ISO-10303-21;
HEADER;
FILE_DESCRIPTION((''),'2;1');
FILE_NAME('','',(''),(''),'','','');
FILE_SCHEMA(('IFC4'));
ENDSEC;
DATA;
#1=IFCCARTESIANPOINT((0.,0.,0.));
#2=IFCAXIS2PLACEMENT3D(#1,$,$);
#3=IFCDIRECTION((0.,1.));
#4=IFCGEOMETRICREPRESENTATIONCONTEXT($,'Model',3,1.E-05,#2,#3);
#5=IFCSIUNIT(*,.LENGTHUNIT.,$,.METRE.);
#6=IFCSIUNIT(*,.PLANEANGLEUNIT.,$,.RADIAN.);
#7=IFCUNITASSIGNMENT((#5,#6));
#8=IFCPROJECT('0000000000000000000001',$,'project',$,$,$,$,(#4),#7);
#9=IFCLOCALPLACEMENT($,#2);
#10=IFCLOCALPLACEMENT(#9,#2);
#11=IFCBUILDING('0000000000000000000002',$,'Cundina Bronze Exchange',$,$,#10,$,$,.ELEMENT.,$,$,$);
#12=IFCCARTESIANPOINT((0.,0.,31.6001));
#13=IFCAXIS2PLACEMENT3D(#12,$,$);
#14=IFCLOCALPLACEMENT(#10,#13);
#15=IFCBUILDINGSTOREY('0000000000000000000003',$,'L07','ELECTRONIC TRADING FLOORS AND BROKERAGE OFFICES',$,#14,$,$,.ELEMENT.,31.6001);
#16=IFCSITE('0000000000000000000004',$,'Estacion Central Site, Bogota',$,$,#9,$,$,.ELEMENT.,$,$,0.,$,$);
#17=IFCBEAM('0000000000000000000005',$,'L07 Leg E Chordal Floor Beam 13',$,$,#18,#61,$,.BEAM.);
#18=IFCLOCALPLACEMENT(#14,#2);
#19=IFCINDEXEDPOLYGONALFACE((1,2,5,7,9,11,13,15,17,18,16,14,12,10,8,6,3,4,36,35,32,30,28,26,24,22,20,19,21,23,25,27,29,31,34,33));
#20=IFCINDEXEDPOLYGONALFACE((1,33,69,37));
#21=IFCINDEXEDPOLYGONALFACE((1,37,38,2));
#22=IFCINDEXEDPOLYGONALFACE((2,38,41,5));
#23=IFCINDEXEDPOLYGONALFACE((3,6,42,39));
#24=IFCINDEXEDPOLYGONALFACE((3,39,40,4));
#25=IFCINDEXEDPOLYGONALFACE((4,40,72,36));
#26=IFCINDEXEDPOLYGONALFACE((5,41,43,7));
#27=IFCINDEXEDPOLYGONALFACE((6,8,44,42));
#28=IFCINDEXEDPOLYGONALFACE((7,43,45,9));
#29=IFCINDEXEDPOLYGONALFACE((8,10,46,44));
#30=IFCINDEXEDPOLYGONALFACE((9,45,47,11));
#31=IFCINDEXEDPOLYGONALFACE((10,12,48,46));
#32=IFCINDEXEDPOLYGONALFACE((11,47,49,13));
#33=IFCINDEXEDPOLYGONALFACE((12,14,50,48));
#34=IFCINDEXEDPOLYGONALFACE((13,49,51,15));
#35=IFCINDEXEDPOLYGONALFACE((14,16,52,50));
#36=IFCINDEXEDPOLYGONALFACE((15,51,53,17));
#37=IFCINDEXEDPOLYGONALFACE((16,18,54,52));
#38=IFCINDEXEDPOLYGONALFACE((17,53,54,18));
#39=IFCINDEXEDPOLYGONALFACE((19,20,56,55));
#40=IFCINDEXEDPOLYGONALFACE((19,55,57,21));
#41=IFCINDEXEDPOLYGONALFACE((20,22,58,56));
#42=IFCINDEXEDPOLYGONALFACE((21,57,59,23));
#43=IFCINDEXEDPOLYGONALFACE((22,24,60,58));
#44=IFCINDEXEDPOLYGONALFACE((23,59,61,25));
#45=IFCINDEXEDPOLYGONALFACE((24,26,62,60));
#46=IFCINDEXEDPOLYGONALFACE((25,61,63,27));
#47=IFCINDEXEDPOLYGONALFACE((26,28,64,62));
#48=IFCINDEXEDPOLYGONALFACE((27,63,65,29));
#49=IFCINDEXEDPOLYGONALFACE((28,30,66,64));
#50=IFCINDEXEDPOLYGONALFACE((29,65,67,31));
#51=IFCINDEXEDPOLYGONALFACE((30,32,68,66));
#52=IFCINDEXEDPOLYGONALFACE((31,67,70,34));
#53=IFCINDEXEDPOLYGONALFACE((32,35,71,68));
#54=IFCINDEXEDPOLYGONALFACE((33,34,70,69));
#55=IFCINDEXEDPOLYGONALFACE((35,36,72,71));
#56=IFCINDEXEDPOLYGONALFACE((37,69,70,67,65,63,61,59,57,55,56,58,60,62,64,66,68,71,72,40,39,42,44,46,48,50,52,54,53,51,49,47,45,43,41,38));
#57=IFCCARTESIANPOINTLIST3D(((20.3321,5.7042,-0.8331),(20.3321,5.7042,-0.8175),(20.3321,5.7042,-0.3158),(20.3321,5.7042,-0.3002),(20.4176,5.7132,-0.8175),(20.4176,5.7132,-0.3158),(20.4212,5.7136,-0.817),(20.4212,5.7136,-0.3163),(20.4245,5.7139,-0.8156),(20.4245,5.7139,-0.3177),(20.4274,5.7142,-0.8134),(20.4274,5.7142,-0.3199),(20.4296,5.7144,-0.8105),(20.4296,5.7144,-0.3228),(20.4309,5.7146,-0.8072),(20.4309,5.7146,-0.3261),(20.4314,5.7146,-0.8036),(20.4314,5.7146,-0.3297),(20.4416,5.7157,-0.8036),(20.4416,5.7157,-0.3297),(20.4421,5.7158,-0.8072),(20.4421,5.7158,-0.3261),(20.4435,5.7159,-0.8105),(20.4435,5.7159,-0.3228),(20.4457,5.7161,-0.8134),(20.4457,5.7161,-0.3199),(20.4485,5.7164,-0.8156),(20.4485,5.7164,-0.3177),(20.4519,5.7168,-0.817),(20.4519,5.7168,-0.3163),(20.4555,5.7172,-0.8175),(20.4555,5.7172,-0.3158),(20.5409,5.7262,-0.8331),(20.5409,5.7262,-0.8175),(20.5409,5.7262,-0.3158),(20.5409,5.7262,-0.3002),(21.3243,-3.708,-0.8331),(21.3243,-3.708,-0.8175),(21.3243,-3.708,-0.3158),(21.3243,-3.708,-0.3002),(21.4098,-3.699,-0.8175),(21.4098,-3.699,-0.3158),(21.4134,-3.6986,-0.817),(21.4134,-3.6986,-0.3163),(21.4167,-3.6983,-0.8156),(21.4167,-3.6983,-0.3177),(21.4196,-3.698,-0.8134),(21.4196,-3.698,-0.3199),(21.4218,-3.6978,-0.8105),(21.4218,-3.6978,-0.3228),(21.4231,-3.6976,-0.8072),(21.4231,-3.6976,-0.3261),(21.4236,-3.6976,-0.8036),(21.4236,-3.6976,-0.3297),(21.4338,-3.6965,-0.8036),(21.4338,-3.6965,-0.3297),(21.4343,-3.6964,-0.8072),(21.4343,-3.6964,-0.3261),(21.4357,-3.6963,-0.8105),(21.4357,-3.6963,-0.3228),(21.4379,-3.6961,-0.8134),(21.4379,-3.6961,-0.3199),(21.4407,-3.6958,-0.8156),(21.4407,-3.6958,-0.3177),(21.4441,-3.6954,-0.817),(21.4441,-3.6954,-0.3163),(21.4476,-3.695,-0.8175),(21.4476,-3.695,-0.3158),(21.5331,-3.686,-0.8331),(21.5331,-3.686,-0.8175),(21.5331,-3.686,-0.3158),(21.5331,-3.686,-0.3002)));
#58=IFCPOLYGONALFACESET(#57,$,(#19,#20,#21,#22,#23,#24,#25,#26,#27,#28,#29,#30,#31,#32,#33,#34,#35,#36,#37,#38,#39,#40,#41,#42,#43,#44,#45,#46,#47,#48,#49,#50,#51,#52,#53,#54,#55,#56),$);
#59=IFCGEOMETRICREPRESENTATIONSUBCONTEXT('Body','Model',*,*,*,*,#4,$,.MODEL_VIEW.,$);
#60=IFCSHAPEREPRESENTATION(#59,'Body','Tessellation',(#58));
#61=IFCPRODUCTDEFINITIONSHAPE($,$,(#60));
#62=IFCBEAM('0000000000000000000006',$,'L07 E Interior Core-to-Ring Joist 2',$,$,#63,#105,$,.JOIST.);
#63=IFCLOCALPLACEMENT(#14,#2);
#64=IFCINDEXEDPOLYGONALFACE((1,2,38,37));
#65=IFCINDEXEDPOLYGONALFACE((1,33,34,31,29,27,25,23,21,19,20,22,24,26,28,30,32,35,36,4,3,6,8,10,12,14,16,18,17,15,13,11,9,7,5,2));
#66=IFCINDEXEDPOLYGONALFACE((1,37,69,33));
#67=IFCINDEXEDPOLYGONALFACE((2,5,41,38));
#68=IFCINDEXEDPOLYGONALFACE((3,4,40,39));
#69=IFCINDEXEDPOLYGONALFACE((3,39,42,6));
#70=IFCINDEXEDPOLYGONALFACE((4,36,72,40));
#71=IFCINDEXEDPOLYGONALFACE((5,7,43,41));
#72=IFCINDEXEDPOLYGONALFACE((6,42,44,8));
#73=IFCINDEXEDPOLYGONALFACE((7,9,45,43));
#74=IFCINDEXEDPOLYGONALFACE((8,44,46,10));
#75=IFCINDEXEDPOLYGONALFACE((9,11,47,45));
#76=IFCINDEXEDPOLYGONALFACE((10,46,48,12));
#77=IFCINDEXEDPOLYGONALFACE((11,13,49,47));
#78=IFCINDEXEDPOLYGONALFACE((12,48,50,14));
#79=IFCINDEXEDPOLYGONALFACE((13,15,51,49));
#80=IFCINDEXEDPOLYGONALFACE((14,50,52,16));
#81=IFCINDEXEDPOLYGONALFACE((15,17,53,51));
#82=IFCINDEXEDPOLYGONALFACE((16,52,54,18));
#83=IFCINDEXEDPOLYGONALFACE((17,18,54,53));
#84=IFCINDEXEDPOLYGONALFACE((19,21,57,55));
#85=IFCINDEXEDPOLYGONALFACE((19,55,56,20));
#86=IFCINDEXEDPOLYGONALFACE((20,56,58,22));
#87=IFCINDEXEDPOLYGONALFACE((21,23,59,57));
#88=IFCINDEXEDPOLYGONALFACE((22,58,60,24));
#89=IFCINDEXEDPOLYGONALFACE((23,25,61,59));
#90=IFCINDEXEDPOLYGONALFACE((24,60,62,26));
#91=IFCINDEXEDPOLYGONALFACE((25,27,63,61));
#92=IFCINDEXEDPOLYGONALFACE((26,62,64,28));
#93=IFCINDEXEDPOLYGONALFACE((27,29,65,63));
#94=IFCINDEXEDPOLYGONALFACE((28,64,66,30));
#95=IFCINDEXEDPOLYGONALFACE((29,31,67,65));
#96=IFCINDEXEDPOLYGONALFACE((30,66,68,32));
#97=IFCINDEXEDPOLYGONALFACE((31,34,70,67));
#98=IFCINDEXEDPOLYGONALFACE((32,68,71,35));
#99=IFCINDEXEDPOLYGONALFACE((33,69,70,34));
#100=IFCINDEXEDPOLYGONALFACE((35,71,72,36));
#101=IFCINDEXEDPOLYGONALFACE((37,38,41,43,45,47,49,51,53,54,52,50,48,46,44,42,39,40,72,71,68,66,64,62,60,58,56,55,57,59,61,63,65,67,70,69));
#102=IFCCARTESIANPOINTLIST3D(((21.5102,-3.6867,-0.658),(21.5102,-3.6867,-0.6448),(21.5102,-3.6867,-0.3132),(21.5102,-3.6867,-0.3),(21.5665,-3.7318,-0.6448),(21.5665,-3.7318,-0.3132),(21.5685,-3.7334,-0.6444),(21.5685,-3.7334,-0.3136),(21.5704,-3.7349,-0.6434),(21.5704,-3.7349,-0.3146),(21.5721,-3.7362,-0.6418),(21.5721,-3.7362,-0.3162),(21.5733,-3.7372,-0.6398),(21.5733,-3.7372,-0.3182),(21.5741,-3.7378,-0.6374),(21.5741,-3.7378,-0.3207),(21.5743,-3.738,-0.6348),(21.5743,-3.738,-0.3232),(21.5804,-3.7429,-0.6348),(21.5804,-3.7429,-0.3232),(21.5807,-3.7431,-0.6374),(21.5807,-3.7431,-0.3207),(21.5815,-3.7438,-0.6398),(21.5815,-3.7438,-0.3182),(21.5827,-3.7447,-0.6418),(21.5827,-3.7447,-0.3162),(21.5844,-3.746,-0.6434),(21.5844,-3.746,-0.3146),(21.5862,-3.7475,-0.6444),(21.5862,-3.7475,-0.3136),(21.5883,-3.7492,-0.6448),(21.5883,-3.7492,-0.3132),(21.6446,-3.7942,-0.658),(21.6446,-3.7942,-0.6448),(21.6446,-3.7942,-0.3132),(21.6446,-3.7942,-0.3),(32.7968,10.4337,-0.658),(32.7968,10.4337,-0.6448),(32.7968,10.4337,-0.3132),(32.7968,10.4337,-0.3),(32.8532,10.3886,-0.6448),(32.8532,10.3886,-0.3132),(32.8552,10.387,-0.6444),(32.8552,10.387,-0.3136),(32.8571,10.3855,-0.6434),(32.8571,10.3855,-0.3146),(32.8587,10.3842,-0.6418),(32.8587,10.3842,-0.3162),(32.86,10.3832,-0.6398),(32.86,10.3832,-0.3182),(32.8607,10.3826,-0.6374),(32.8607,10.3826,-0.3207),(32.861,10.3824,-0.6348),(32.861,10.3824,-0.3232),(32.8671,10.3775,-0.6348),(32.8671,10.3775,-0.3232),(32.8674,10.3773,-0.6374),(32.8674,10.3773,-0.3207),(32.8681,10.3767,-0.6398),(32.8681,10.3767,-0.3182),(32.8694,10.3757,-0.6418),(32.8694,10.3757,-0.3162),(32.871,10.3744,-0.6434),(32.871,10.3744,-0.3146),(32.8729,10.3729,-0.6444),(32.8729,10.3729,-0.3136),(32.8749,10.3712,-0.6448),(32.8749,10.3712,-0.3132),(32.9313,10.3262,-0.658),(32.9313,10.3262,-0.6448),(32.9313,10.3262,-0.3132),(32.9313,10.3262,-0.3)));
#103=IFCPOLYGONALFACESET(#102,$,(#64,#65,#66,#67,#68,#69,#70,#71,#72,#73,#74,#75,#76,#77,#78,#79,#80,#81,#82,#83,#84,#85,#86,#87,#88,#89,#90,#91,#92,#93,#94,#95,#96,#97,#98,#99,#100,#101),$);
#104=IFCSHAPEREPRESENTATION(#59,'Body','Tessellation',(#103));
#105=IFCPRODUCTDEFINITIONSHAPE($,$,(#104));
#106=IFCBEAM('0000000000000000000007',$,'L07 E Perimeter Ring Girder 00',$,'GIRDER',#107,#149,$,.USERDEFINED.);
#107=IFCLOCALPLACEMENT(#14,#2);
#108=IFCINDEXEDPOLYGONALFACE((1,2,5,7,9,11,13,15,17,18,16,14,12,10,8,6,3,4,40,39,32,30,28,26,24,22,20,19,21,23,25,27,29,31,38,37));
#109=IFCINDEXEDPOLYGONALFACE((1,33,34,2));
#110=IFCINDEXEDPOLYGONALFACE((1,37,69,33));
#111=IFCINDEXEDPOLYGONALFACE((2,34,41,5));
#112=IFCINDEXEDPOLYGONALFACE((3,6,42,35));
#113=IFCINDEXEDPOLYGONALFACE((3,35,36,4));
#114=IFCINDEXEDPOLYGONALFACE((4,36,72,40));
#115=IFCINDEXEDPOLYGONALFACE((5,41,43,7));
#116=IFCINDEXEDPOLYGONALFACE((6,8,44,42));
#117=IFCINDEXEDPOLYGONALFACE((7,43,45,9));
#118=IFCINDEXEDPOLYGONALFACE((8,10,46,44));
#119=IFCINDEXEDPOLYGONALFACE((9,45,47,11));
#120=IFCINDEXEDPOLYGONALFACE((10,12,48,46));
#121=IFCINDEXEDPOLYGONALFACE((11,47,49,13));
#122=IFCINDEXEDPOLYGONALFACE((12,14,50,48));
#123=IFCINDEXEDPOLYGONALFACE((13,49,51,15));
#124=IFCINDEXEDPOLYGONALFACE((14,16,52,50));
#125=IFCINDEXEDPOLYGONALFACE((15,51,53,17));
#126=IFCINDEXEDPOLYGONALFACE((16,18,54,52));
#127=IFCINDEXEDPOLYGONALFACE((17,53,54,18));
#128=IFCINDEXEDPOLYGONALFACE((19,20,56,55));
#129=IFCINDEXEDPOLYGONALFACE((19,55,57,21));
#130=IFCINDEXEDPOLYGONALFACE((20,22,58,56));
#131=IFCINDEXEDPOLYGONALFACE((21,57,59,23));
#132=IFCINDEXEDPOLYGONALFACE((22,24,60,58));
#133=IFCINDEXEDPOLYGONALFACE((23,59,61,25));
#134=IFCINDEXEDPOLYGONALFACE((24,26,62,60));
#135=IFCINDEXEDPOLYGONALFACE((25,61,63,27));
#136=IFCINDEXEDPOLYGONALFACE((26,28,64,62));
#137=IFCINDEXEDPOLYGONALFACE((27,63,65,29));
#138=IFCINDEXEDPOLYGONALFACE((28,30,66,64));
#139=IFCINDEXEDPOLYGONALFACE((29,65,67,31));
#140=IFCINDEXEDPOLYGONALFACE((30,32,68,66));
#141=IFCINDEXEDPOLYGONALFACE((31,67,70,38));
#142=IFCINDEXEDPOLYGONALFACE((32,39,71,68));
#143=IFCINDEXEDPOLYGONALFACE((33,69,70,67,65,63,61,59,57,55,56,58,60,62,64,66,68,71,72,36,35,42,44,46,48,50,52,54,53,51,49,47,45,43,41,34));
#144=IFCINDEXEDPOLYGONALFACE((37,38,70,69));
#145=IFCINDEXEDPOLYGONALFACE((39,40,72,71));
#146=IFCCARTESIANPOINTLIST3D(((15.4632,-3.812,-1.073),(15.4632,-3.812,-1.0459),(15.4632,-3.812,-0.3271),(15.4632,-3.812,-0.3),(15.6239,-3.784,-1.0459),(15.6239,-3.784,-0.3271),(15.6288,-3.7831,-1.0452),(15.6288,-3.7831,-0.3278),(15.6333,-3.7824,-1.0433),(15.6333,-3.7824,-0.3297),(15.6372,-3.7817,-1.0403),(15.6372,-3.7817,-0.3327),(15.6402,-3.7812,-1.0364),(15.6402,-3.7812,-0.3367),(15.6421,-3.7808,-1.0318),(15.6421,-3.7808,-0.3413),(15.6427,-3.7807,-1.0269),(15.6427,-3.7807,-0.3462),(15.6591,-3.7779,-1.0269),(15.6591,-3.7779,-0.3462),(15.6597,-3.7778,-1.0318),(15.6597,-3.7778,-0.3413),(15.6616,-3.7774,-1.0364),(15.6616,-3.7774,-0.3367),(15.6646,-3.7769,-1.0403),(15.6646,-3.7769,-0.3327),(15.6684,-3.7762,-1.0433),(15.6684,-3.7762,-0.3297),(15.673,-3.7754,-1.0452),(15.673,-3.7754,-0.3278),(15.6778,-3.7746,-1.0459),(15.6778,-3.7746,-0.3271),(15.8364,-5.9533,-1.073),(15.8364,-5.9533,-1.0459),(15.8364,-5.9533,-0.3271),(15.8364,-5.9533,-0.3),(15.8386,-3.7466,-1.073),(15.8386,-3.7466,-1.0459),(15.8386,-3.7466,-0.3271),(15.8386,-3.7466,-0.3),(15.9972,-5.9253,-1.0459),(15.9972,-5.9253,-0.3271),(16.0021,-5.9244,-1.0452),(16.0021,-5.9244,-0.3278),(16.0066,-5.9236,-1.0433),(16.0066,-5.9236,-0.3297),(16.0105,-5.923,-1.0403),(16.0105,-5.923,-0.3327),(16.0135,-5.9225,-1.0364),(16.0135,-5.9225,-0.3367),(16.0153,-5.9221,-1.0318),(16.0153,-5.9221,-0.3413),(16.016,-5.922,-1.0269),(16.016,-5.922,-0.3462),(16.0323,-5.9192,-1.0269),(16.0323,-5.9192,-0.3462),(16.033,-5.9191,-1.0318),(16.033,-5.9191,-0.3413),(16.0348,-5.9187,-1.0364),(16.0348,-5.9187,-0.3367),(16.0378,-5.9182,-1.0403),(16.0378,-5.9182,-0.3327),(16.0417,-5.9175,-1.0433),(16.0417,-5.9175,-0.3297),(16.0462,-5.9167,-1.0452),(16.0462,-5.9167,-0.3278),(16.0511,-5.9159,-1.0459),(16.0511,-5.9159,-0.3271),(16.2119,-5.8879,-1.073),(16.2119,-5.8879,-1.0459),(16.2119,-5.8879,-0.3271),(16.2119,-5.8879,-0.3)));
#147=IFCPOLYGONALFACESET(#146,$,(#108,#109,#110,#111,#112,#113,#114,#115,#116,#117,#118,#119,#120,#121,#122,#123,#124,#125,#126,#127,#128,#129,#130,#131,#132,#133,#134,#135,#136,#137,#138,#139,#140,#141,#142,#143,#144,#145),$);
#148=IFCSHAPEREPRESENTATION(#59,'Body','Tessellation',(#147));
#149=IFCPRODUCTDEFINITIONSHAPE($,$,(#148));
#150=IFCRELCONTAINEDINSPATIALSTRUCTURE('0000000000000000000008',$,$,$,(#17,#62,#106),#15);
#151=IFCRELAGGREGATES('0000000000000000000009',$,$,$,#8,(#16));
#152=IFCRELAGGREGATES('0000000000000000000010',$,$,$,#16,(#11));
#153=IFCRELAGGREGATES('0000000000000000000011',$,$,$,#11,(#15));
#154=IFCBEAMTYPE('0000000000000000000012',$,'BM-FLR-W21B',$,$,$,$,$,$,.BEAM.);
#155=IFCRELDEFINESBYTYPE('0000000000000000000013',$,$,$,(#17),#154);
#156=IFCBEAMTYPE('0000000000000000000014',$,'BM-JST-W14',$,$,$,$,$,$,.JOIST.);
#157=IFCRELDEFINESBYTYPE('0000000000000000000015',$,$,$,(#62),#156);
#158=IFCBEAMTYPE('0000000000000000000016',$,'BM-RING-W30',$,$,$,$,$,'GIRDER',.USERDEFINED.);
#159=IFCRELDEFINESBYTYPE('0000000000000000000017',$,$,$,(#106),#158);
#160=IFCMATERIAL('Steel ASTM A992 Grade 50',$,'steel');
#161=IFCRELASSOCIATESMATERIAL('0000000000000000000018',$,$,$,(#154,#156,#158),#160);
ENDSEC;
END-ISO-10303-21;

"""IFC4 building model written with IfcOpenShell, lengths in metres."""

from ifc_helpers import new_model, si_unit, direction, frame, origin, origin_2d, place, context, subcontext, project, spatial, i_section, extrude, material, material_profile, profile_set, type_object, element, save


model = new_model("IFC4")

# Units and contexts
model_context = context("Model", 3, precision=1e-05, world=origin(), true_north=direction((0.0, 1.0)))
body_context = subcontext(model_context, "Body", "Model", "MODEL_VIEW")
ifc_project = project(units=[si_unit("LENGTHUNIT", "METRE"), si_unit("PLANEANGLEUNIT", "RADIAN")], contexts=[model_context])

# Site, building, storey
site_placement = place(None, origin())
site = spatial("IfcSite", under=ifc_project, at=site_placement, Name="Estacion Central Site, Bogota", CompositionType="ELEMENT", RefElevation=0.0)
building_placement = place(site_placement, origin())
building = spatial("IfcBuilding", under=site, at=building_placement, Name="Cundina Bronze Exchange", CompositionType="ELEMENT")
storey_placement = place(building_placement, frame((0.0, 0.0, 31.6001)))
storey = spatial("IfcBuildingStorey", under=building, at=storey_placement, Name="L07", Description="ELECTRONIC TRADING FLOORS AND BROKERAGE OFFICES", CompositionType="ELEMENT", Elevation=31.6001)

# Shared definitions
ifc_material_1 = material(Name="Steel ASTM A992 Grade 50", Category="steel")

# Beams
ifc_material_profile_1 = material_profile(ifc_material_1, i_section(OverallWidth=0.21, OverallDepth=0.533, WebThickness=0.0103, FlangeThickness=0.0156, FilletRadius=0.0139, at=origin_2d()), Name="W21X62", Category="steel")
ifc_profile_set_1 = profile_set([ifc_material_profile_1], Name="Steel ASTM A992 Grade 50")
beam_type_1 = type_object("IfcBeamType", Name="BM-FLR-W21B", PredefinedType="BEAM", material=ifc_profile_set_1)
beam_1_placement = place(storey_placement, frame((21.4287, -3.697, -0.5667), z_axis=(-0.104835, 0.99449, 0.0), x_axis=(-0.99449, -0.104835, 0.0)))
element("IfcBeam", 1, at=beam_1_placement, inside=storey, type_object=beam_type_1, Name="L07 Leg E Chordal Floor Beam 13", PredefinedType="BEAM", context=body_context, shape_type="SweptSolid", body=[
    extrude(i_section(OverallWidth=0.21, OverallDepth=0.533, WebThickness=0.0103, FlangeThickness=0.0156, FilletRadius=0.0139, at=origin_2d()), origin(), (0.0, 0.0, 1.0), 9.4644),
])
ifc_material_profile_2 = material_profile(ifc_material_1, i_section(OverallWidth=0.1721, OverallDepth=0.3579, WebThickness=0.0078, FlangeThickness=0.0132, FilletRadius=0.01, at=origin_2d()), Name="W14X38", Category="steel")
ifc_profile_set_2 = profile_set([ifc_material_profile_2], Name="Steel ASTM A992 Grade 50")
beam_type_2 = type_object("IfcBeamType", Name="BM-JST-W14", PredefinedType="JOIST", material=ifc_profile_set_2)
beam_2_placement = place(storey_placement, frame((21.5774, -3.7405, -0.479), z_axis=(0.624369, 0.78113, 0.0), x_axis=(-0.78113, 0.624369, 0.0)))
element("IfcBeam", 2, at=beam_2_placement, inside=storey, type_object=beam_type_2, Name="L07 E Interior Core-to-Ring Joist 2", PredefinedType="JOIST", context=body_context, shape_type="SweptSolid", body=[
    extrude(i_section(OverallWidth=0.1721, OverallDepth=0.3579, WebThickness=0.0078, FlangeThickness=0.0132, FilletRadius=0.01, at=origin_2d()), origin(), (0.0, 0.0, 1.0), 18.0769),
])
ifc_material_profile_3 = material_profile(ifc_material_1, i_section(OverallWidth=0.3811, OverallDepth=0.7729, WebThickness=0.0166, FlangeThickness=0.0271, FilletRadius=0.019, at=origin_2d()), Name="W30X173", Category="steel")
ifc_profile_set_3 = profile_set([ifc_material_profile_3], Name="Steel ASTM A992 Grade 50")
beam_type_3 = type_object("IfcBeamType", Name="BM-RING-W30", ElementType="GIRDER", PredefinedType="USERDEFINED", material=ifc_profile_set_3)
beam_3_placement = place(storey_placement, frame((15.6509, -3.7793, -0.6865), z_axis=(0.171735, -0.985143, 0.0), x_axis=(0.985143, 0.171735, 0.0)))
element("IfcBeam", 3, at=beam_3_placement, inside=storey, type_object=beam_type_3, Name="L07 E Perimeter Ring Girder 00", ObjectType="GIRDER", PredefinedType="USERDEFINED", context=body_context, shape_type="SweptSolid", body=[
    extrude(i_section(OverallWidth=0.3811, OverallDepth=0.7729, WebThickness=0.0166, FlangeThickness=0.0271, FilletRadius=0.019, at=origin_2d()), origin(), (0.0, 0.0, 1.0), 2.1736),
])

save(model, "model.ifc")
